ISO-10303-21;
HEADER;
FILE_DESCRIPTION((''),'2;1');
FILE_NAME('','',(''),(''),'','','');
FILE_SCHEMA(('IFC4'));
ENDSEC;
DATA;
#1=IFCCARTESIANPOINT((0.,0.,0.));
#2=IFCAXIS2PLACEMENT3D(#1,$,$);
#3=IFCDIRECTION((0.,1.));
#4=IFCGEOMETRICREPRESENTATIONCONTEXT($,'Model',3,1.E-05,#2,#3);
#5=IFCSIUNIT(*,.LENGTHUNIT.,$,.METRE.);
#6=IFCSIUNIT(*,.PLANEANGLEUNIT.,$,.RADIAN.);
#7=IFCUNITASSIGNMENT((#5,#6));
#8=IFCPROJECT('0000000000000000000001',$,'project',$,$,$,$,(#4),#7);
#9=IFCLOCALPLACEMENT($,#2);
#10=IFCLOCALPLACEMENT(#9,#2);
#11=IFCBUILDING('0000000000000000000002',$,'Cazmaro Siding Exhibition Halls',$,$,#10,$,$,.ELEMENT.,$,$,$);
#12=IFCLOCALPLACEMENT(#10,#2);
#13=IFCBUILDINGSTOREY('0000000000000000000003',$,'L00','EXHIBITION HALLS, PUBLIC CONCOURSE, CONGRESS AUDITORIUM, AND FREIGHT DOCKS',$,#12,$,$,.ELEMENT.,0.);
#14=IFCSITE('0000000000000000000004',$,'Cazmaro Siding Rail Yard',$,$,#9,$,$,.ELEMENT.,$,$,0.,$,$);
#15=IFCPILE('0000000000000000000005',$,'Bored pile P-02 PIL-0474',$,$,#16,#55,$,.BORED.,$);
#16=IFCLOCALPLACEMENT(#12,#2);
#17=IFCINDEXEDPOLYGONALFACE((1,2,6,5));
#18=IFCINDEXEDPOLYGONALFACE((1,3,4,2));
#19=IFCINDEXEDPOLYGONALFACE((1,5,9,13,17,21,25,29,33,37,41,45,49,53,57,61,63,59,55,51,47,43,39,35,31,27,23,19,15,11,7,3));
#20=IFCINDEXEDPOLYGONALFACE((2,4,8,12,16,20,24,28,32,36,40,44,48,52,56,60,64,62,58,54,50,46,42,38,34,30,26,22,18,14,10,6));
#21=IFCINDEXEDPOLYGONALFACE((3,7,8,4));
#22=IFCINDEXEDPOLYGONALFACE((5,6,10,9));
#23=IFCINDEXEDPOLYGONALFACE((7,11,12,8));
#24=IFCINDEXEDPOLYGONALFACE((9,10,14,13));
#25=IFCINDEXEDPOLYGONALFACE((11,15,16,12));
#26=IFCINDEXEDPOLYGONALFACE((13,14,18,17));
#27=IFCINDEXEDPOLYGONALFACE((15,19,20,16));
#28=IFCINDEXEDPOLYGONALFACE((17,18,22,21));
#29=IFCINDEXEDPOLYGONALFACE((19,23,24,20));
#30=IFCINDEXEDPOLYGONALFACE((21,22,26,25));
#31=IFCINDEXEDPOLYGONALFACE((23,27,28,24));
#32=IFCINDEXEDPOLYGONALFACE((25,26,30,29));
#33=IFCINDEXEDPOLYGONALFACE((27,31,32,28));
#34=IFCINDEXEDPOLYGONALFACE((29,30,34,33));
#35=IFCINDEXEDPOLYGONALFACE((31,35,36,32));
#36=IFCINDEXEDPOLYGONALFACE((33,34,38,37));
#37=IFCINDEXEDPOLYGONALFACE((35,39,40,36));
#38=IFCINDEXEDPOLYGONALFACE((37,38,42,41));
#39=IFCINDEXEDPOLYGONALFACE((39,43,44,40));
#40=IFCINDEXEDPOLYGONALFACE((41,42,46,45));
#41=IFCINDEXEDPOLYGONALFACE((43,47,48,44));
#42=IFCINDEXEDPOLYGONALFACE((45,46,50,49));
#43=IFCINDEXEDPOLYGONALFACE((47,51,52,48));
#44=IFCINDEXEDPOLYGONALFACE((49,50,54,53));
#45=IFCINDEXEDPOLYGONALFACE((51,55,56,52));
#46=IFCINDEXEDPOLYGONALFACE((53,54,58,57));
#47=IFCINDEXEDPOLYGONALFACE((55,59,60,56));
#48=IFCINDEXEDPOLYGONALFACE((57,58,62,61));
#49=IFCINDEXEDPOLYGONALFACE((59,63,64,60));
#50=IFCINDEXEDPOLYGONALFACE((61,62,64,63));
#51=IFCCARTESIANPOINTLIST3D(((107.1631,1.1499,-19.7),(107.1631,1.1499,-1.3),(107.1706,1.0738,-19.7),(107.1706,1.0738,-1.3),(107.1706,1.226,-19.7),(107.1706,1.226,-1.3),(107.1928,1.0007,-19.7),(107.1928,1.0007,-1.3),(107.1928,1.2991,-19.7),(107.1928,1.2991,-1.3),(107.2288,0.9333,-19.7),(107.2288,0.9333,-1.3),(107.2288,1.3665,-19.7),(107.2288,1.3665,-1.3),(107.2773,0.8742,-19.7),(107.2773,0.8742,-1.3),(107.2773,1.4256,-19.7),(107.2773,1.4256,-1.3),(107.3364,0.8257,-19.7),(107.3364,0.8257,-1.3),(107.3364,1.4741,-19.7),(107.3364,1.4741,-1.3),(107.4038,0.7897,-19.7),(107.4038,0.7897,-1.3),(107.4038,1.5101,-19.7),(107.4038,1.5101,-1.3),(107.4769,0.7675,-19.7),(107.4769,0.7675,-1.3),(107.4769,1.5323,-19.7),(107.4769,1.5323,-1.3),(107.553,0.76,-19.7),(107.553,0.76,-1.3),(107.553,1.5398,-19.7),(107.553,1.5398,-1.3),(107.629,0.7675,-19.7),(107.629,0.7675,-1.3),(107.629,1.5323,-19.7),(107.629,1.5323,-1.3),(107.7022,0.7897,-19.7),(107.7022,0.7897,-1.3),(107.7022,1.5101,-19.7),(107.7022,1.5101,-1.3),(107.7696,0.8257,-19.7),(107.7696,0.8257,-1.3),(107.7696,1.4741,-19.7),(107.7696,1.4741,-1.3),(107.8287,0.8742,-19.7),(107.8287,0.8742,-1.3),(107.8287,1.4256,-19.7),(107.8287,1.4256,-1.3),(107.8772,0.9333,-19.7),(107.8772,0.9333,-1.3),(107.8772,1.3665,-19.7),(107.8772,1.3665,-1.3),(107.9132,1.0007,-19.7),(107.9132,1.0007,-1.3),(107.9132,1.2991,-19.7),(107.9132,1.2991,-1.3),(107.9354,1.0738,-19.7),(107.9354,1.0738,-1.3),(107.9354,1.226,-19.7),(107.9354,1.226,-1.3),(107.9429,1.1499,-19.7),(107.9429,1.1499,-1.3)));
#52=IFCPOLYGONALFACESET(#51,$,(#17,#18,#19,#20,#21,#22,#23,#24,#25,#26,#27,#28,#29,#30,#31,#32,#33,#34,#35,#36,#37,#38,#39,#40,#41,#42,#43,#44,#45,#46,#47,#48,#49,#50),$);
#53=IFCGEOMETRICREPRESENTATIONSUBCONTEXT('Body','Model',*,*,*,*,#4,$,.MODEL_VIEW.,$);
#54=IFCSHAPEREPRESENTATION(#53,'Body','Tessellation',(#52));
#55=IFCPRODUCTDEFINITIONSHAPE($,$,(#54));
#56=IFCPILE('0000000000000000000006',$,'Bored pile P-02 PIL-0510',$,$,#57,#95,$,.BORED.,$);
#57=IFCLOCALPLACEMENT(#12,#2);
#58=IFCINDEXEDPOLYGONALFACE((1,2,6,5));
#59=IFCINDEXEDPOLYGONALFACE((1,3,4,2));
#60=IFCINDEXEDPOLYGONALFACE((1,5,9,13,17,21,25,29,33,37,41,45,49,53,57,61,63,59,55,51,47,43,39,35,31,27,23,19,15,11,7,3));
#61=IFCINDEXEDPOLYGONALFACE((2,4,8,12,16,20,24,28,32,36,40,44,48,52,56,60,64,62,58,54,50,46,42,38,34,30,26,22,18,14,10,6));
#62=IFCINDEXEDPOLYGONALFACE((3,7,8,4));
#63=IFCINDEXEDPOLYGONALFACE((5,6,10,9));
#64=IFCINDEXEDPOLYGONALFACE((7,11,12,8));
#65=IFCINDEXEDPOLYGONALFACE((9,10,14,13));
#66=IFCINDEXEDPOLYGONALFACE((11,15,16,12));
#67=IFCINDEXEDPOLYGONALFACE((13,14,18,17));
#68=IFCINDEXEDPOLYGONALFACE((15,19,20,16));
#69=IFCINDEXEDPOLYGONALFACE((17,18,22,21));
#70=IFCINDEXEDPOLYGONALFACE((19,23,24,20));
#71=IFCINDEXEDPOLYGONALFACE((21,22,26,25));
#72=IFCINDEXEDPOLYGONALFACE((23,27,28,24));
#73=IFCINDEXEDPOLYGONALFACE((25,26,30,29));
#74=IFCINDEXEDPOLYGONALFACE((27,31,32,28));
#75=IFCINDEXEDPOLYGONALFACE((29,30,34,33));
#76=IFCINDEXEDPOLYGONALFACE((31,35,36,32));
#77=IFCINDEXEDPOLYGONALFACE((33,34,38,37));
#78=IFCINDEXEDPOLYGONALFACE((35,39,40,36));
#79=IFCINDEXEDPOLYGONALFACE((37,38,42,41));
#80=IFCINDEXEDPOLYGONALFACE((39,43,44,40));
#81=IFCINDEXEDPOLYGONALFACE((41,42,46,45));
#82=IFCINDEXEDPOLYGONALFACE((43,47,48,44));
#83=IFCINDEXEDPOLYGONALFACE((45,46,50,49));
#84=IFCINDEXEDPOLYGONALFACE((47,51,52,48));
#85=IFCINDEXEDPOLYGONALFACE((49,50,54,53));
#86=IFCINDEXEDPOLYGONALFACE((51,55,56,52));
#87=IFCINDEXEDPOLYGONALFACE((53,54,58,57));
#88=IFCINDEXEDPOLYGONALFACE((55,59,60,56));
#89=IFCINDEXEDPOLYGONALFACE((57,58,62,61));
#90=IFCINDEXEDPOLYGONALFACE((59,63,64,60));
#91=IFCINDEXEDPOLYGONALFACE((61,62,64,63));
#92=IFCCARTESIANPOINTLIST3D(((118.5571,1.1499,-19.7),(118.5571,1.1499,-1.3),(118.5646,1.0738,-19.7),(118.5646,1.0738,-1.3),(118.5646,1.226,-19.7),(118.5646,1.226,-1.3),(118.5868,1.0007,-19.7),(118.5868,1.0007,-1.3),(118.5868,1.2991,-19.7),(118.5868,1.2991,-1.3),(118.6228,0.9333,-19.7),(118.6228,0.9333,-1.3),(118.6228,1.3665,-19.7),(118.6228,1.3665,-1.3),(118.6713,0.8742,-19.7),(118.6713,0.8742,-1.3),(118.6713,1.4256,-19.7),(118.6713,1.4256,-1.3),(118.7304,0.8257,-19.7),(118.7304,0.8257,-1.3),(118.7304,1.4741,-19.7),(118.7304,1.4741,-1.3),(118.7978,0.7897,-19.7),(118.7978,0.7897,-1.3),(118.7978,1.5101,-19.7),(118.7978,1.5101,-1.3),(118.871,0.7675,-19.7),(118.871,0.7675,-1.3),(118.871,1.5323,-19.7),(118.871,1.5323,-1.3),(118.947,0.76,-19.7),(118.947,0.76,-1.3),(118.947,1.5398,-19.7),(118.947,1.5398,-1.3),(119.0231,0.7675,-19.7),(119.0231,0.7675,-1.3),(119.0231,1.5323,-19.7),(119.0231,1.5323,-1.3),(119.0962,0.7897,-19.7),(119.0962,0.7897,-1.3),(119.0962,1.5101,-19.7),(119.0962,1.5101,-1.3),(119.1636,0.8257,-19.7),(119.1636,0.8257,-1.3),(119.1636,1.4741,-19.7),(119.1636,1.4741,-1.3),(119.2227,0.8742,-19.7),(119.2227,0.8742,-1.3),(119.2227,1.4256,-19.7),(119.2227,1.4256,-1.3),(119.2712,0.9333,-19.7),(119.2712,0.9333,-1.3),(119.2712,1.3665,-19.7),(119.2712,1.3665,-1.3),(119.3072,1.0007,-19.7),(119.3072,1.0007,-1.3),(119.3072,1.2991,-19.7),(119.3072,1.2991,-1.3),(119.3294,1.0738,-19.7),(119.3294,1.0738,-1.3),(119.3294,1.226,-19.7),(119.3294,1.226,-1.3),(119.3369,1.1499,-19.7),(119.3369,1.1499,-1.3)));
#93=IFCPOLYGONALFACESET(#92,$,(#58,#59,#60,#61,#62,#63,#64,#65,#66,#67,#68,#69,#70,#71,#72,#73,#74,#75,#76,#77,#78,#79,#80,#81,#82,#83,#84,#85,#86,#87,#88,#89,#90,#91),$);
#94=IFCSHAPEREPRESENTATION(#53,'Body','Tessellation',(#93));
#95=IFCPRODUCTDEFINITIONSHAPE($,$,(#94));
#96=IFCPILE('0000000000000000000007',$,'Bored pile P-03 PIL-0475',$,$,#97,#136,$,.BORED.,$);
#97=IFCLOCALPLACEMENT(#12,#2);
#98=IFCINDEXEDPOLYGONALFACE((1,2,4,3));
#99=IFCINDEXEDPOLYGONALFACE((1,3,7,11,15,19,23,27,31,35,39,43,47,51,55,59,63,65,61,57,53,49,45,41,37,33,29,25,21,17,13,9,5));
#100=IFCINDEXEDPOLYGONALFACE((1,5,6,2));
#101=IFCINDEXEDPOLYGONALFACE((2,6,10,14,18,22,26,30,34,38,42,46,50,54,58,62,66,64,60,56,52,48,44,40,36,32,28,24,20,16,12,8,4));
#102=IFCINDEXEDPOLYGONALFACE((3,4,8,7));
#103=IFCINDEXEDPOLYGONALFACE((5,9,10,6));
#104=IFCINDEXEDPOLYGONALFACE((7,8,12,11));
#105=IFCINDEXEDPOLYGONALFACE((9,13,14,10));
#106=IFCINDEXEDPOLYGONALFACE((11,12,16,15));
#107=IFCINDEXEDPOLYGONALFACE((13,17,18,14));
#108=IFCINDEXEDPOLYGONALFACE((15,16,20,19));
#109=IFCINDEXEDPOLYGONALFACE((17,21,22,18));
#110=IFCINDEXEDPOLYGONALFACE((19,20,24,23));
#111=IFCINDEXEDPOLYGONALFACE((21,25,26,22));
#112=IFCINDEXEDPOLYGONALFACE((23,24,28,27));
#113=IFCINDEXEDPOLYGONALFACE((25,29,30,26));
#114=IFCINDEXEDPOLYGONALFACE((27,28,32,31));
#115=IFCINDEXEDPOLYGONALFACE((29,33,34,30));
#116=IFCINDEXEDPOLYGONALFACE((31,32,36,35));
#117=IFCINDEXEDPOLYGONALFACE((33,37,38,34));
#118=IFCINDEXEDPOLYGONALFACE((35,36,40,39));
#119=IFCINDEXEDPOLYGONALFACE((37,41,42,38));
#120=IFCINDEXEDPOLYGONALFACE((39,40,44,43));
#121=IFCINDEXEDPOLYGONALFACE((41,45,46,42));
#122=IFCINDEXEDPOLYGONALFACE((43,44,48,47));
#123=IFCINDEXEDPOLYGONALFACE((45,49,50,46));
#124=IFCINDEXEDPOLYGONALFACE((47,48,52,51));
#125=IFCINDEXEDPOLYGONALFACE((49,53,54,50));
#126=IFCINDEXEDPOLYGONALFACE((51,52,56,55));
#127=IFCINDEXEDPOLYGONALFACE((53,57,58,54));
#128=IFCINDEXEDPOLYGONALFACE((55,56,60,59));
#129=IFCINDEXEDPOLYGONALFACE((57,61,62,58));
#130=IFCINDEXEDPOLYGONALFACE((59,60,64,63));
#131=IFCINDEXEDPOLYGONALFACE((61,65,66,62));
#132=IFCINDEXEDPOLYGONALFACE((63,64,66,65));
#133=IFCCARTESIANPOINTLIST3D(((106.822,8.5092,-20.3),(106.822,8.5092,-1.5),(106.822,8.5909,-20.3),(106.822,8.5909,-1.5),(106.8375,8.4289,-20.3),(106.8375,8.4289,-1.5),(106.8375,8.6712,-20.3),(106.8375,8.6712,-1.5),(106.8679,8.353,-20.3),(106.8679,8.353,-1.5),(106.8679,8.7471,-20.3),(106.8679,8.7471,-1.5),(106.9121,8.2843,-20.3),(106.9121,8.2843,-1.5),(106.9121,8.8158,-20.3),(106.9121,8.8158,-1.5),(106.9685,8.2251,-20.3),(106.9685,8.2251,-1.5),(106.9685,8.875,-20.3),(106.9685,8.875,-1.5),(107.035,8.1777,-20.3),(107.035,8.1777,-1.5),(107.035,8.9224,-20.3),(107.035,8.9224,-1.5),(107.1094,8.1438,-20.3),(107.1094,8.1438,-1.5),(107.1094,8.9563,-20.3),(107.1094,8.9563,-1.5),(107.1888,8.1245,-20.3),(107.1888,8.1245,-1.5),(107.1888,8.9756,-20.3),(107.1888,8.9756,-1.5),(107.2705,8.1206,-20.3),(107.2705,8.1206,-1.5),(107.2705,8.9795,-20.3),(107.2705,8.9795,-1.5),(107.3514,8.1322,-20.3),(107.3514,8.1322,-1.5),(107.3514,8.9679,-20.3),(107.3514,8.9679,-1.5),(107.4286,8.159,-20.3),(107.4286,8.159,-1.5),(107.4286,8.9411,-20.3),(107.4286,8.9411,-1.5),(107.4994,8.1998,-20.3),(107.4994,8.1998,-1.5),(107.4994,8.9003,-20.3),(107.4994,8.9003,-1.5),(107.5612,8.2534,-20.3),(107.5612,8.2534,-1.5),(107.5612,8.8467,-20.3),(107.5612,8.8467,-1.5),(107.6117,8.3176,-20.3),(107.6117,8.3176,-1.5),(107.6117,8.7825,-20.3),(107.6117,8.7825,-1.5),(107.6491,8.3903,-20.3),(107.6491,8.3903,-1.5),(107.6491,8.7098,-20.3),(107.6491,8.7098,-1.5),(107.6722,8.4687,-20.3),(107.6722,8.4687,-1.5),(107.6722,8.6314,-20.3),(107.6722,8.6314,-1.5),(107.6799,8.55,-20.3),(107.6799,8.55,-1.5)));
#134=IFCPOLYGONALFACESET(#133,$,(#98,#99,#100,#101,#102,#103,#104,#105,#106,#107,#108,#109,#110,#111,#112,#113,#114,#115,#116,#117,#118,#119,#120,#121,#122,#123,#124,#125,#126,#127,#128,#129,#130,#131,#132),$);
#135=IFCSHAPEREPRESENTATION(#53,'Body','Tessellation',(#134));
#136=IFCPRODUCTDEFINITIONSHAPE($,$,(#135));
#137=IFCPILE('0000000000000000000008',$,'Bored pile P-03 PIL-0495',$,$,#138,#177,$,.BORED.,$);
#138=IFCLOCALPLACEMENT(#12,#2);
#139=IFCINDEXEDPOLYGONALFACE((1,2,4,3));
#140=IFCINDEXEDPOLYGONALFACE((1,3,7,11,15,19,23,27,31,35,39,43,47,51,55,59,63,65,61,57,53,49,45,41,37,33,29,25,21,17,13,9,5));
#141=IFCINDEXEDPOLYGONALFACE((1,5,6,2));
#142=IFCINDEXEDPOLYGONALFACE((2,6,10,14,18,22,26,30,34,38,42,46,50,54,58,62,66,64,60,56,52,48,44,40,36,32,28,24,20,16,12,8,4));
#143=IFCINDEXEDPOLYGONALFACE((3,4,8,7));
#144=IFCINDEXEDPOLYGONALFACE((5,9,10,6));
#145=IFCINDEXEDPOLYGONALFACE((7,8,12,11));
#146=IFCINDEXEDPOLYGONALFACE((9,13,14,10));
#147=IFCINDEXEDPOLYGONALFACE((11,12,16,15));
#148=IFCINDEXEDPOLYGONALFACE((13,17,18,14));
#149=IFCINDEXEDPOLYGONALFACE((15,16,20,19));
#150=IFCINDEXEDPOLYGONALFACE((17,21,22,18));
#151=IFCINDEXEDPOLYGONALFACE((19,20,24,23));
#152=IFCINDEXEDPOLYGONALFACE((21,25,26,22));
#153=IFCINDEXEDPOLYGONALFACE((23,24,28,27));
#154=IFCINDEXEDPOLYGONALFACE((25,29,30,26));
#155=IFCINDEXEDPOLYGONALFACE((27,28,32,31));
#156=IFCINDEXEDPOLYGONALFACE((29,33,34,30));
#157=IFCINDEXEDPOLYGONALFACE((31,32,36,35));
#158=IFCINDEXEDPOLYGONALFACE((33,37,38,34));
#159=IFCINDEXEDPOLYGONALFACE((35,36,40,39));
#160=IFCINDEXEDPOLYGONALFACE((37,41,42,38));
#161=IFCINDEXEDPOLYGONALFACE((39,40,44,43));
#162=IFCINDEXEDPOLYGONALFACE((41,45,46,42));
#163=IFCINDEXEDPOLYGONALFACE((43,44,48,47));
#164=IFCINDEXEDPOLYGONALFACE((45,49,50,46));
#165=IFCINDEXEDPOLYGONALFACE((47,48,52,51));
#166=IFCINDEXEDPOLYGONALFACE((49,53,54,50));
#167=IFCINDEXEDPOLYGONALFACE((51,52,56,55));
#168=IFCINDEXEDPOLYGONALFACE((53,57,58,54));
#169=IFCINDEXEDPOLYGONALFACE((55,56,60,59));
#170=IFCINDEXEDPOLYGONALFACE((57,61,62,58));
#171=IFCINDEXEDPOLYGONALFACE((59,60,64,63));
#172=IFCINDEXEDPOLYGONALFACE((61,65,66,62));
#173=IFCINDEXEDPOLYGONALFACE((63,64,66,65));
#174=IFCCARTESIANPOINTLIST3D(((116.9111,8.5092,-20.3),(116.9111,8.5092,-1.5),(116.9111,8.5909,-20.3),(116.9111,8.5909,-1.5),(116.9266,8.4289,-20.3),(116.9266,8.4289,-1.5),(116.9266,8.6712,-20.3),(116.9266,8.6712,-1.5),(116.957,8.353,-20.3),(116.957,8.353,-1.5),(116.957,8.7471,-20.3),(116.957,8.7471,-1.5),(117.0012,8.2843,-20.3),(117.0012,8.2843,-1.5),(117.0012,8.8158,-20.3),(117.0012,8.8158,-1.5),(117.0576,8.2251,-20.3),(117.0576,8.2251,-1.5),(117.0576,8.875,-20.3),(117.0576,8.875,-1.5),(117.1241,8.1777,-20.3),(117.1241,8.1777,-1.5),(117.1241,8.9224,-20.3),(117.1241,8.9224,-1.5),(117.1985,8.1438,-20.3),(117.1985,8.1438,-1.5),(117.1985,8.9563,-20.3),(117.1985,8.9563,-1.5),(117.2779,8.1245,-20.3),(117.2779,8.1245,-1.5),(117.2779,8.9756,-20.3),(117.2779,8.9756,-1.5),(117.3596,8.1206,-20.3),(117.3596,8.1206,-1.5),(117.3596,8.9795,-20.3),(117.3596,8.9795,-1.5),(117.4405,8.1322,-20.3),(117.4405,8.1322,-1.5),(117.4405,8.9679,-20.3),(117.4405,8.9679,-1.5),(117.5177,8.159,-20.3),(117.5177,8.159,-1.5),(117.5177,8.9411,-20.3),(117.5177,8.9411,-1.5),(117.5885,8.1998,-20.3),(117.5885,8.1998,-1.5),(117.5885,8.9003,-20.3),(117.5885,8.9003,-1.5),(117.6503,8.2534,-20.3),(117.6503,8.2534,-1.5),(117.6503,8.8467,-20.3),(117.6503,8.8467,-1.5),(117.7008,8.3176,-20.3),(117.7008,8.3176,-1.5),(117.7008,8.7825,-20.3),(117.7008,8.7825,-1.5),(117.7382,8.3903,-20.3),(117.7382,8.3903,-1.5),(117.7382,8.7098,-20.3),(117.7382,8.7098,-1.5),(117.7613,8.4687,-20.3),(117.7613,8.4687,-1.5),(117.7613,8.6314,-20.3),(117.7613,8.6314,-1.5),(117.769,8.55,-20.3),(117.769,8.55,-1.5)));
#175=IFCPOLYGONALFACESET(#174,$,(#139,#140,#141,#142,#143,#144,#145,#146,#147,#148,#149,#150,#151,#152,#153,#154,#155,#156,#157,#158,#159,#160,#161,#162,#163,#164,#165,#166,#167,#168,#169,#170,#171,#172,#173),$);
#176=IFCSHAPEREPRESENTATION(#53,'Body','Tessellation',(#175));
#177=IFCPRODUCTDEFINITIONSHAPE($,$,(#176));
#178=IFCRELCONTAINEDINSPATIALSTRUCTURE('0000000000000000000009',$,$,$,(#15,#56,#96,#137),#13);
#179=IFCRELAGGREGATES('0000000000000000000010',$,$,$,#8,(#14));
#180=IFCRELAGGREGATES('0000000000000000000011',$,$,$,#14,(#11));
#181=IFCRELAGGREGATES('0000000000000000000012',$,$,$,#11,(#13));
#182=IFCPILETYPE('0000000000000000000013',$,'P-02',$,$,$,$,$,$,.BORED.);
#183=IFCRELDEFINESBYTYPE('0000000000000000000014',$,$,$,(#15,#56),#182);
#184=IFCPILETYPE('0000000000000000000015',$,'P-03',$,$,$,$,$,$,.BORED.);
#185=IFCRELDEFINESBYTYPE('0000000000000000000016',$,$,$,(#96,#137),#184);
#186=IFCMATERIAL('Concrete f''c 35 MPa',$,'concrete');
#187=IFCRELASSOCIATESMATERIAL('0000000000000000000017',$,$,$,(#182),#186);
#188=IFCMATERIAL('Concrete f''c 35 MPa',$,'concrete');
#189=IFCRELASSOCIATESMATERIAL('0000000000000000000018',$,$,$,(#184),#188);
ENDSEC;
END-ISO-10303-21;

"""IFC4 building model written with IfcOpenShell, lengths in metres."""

from ifc_helpers import new_model, si_unit, direction, frame, origin, origin_2d, place, context, subcontext, project, spatial, circle, extrude, material, material_profile, profile_set, type_object, element, save


model = new_model("IFC4")

# Units and contexts
model_context = context("Model", 3, precision=1e-05, world=origin(), true_north=direction((0.0, 1.0)))
body_context = subcontext(model_context, "Body", "Model", "MODEL_VIEW")
ifc_project = project(units=[si_unit("LENGTHUNIT", "METRE"), si_unit("PLANEANGLEUNIT", "RADIAN")], contexts=[model_context])

# Site, building, storey
site_placement = place(None, origin())
site = spatial("IfcSite", under=ifc_project, at=site_placement, Name="Cazmaro Siding Rail Yard", CompositionType="ELEMENT", RefElevation=0.0)
building_placement = place(site_placement, origin())
building = spatial("IfcBuilding", under=site, at=building_placement, Name="Cazmaro Siding Exhibition Halls", CompositionType="ELEMENT")
storey_placement = place(building_placement, origin())
storey = spatial("IfcBuildingStorey", under=building, at=storey_placement, Name="L00", Description="EXHIBITION HALLS, PUBLIC CONCOURSE, CONGRESS AUDITORIUM, AND FREIGHT DOCKS", CompositionType="ELEMENT", Elevation=0.0)

# Piles
ifc_material_1 = material(Name="Concrete f'c 35 MPa", Category="concrete")
ifc_material_profile_1 = material_profile(ifc_material_1, circle(Radius=0.3899, at=origin_2d()), Name="CIDH-780")
ifc_profile_set_1 = profile_set([ifc_material_profile_1], Name="Concrete f'c 35 MPa")
pile_type_1 = type_object("IfcPileType", Name="P-02", PredefinedType="BORED", material=ifc_profile_set_1)
for number, where, z_axis, x_axis, name in (
    (1, (107.553, 1.1499, -1.3), (0.0, 0.0, -1.0), (1.0, 0.0, 0.0), "Bored pile P-02 PIL-0474"),
    (2, (118.947, 1.1499, -1.3), (0.0, 0.0, -1.0), (1.0, 0.0, 0.0), "Bored pile P-02 PIL-0510"),
):
    element("IfcPile", number, at=place(storey_placement, frame(where, z_axis=z_axis, x_axis=x_axis)), inside=storey, type_object=pile_type_1, Name=name, PredefinedType="BORED", context=body_context, shape_type="SweptSolid", body=[
        extrude(circle(Radius=0.3899, at=origin_2d()), origin(), (0.0, 0.0, 1.0), 18.3999),
    ])
ifc_material_2 = material(Name="Concrete f'c 35 MPa", Category="concrete")
ifc_material_profile_2 = material_profile(ifc_material_2, circle(Radius=0.4299, at=origin_2d()), Name="CIDH-860")
ifc_profile_set_2 = profile_set([ifc_material_profile_2], Name="Concrete f'c 35 MPa")
pile_type_2 = type_object("IfcPileType", Name="P-03", PredefinedType="BORED", material=ifc_profile_set_2)
for number, where, z_axis, x_axis, name in (
    (3, (107.25, 8.55, -1.5), (0.0, 0.0, -1.0), (1.0, 0.0, 0.0), "Bored pile P-03 PIL-0475"),
    (4, (117.3391, 8.55, -1.5), (0.0, 0.0, -1.0), (1.0, 0.0, 0.0), "Bored pile P-03 PIL-0495"),
):
    element("IfcPile", number, at=place(storey_placement, frame(where, z_axis=z_axis, x_axis=x_axis)), inside=storey, type_object=pile_type_2, Name=name, PredefinedType="BORED", context=body_context, shape_type="SweptSolid", body=[
        extrude(circle(Radius=0.4299, at=origin_2d()), origin(), (0.0, 0.0, 1.0), 18.8),
    ])

save(model, "model.ifc")
